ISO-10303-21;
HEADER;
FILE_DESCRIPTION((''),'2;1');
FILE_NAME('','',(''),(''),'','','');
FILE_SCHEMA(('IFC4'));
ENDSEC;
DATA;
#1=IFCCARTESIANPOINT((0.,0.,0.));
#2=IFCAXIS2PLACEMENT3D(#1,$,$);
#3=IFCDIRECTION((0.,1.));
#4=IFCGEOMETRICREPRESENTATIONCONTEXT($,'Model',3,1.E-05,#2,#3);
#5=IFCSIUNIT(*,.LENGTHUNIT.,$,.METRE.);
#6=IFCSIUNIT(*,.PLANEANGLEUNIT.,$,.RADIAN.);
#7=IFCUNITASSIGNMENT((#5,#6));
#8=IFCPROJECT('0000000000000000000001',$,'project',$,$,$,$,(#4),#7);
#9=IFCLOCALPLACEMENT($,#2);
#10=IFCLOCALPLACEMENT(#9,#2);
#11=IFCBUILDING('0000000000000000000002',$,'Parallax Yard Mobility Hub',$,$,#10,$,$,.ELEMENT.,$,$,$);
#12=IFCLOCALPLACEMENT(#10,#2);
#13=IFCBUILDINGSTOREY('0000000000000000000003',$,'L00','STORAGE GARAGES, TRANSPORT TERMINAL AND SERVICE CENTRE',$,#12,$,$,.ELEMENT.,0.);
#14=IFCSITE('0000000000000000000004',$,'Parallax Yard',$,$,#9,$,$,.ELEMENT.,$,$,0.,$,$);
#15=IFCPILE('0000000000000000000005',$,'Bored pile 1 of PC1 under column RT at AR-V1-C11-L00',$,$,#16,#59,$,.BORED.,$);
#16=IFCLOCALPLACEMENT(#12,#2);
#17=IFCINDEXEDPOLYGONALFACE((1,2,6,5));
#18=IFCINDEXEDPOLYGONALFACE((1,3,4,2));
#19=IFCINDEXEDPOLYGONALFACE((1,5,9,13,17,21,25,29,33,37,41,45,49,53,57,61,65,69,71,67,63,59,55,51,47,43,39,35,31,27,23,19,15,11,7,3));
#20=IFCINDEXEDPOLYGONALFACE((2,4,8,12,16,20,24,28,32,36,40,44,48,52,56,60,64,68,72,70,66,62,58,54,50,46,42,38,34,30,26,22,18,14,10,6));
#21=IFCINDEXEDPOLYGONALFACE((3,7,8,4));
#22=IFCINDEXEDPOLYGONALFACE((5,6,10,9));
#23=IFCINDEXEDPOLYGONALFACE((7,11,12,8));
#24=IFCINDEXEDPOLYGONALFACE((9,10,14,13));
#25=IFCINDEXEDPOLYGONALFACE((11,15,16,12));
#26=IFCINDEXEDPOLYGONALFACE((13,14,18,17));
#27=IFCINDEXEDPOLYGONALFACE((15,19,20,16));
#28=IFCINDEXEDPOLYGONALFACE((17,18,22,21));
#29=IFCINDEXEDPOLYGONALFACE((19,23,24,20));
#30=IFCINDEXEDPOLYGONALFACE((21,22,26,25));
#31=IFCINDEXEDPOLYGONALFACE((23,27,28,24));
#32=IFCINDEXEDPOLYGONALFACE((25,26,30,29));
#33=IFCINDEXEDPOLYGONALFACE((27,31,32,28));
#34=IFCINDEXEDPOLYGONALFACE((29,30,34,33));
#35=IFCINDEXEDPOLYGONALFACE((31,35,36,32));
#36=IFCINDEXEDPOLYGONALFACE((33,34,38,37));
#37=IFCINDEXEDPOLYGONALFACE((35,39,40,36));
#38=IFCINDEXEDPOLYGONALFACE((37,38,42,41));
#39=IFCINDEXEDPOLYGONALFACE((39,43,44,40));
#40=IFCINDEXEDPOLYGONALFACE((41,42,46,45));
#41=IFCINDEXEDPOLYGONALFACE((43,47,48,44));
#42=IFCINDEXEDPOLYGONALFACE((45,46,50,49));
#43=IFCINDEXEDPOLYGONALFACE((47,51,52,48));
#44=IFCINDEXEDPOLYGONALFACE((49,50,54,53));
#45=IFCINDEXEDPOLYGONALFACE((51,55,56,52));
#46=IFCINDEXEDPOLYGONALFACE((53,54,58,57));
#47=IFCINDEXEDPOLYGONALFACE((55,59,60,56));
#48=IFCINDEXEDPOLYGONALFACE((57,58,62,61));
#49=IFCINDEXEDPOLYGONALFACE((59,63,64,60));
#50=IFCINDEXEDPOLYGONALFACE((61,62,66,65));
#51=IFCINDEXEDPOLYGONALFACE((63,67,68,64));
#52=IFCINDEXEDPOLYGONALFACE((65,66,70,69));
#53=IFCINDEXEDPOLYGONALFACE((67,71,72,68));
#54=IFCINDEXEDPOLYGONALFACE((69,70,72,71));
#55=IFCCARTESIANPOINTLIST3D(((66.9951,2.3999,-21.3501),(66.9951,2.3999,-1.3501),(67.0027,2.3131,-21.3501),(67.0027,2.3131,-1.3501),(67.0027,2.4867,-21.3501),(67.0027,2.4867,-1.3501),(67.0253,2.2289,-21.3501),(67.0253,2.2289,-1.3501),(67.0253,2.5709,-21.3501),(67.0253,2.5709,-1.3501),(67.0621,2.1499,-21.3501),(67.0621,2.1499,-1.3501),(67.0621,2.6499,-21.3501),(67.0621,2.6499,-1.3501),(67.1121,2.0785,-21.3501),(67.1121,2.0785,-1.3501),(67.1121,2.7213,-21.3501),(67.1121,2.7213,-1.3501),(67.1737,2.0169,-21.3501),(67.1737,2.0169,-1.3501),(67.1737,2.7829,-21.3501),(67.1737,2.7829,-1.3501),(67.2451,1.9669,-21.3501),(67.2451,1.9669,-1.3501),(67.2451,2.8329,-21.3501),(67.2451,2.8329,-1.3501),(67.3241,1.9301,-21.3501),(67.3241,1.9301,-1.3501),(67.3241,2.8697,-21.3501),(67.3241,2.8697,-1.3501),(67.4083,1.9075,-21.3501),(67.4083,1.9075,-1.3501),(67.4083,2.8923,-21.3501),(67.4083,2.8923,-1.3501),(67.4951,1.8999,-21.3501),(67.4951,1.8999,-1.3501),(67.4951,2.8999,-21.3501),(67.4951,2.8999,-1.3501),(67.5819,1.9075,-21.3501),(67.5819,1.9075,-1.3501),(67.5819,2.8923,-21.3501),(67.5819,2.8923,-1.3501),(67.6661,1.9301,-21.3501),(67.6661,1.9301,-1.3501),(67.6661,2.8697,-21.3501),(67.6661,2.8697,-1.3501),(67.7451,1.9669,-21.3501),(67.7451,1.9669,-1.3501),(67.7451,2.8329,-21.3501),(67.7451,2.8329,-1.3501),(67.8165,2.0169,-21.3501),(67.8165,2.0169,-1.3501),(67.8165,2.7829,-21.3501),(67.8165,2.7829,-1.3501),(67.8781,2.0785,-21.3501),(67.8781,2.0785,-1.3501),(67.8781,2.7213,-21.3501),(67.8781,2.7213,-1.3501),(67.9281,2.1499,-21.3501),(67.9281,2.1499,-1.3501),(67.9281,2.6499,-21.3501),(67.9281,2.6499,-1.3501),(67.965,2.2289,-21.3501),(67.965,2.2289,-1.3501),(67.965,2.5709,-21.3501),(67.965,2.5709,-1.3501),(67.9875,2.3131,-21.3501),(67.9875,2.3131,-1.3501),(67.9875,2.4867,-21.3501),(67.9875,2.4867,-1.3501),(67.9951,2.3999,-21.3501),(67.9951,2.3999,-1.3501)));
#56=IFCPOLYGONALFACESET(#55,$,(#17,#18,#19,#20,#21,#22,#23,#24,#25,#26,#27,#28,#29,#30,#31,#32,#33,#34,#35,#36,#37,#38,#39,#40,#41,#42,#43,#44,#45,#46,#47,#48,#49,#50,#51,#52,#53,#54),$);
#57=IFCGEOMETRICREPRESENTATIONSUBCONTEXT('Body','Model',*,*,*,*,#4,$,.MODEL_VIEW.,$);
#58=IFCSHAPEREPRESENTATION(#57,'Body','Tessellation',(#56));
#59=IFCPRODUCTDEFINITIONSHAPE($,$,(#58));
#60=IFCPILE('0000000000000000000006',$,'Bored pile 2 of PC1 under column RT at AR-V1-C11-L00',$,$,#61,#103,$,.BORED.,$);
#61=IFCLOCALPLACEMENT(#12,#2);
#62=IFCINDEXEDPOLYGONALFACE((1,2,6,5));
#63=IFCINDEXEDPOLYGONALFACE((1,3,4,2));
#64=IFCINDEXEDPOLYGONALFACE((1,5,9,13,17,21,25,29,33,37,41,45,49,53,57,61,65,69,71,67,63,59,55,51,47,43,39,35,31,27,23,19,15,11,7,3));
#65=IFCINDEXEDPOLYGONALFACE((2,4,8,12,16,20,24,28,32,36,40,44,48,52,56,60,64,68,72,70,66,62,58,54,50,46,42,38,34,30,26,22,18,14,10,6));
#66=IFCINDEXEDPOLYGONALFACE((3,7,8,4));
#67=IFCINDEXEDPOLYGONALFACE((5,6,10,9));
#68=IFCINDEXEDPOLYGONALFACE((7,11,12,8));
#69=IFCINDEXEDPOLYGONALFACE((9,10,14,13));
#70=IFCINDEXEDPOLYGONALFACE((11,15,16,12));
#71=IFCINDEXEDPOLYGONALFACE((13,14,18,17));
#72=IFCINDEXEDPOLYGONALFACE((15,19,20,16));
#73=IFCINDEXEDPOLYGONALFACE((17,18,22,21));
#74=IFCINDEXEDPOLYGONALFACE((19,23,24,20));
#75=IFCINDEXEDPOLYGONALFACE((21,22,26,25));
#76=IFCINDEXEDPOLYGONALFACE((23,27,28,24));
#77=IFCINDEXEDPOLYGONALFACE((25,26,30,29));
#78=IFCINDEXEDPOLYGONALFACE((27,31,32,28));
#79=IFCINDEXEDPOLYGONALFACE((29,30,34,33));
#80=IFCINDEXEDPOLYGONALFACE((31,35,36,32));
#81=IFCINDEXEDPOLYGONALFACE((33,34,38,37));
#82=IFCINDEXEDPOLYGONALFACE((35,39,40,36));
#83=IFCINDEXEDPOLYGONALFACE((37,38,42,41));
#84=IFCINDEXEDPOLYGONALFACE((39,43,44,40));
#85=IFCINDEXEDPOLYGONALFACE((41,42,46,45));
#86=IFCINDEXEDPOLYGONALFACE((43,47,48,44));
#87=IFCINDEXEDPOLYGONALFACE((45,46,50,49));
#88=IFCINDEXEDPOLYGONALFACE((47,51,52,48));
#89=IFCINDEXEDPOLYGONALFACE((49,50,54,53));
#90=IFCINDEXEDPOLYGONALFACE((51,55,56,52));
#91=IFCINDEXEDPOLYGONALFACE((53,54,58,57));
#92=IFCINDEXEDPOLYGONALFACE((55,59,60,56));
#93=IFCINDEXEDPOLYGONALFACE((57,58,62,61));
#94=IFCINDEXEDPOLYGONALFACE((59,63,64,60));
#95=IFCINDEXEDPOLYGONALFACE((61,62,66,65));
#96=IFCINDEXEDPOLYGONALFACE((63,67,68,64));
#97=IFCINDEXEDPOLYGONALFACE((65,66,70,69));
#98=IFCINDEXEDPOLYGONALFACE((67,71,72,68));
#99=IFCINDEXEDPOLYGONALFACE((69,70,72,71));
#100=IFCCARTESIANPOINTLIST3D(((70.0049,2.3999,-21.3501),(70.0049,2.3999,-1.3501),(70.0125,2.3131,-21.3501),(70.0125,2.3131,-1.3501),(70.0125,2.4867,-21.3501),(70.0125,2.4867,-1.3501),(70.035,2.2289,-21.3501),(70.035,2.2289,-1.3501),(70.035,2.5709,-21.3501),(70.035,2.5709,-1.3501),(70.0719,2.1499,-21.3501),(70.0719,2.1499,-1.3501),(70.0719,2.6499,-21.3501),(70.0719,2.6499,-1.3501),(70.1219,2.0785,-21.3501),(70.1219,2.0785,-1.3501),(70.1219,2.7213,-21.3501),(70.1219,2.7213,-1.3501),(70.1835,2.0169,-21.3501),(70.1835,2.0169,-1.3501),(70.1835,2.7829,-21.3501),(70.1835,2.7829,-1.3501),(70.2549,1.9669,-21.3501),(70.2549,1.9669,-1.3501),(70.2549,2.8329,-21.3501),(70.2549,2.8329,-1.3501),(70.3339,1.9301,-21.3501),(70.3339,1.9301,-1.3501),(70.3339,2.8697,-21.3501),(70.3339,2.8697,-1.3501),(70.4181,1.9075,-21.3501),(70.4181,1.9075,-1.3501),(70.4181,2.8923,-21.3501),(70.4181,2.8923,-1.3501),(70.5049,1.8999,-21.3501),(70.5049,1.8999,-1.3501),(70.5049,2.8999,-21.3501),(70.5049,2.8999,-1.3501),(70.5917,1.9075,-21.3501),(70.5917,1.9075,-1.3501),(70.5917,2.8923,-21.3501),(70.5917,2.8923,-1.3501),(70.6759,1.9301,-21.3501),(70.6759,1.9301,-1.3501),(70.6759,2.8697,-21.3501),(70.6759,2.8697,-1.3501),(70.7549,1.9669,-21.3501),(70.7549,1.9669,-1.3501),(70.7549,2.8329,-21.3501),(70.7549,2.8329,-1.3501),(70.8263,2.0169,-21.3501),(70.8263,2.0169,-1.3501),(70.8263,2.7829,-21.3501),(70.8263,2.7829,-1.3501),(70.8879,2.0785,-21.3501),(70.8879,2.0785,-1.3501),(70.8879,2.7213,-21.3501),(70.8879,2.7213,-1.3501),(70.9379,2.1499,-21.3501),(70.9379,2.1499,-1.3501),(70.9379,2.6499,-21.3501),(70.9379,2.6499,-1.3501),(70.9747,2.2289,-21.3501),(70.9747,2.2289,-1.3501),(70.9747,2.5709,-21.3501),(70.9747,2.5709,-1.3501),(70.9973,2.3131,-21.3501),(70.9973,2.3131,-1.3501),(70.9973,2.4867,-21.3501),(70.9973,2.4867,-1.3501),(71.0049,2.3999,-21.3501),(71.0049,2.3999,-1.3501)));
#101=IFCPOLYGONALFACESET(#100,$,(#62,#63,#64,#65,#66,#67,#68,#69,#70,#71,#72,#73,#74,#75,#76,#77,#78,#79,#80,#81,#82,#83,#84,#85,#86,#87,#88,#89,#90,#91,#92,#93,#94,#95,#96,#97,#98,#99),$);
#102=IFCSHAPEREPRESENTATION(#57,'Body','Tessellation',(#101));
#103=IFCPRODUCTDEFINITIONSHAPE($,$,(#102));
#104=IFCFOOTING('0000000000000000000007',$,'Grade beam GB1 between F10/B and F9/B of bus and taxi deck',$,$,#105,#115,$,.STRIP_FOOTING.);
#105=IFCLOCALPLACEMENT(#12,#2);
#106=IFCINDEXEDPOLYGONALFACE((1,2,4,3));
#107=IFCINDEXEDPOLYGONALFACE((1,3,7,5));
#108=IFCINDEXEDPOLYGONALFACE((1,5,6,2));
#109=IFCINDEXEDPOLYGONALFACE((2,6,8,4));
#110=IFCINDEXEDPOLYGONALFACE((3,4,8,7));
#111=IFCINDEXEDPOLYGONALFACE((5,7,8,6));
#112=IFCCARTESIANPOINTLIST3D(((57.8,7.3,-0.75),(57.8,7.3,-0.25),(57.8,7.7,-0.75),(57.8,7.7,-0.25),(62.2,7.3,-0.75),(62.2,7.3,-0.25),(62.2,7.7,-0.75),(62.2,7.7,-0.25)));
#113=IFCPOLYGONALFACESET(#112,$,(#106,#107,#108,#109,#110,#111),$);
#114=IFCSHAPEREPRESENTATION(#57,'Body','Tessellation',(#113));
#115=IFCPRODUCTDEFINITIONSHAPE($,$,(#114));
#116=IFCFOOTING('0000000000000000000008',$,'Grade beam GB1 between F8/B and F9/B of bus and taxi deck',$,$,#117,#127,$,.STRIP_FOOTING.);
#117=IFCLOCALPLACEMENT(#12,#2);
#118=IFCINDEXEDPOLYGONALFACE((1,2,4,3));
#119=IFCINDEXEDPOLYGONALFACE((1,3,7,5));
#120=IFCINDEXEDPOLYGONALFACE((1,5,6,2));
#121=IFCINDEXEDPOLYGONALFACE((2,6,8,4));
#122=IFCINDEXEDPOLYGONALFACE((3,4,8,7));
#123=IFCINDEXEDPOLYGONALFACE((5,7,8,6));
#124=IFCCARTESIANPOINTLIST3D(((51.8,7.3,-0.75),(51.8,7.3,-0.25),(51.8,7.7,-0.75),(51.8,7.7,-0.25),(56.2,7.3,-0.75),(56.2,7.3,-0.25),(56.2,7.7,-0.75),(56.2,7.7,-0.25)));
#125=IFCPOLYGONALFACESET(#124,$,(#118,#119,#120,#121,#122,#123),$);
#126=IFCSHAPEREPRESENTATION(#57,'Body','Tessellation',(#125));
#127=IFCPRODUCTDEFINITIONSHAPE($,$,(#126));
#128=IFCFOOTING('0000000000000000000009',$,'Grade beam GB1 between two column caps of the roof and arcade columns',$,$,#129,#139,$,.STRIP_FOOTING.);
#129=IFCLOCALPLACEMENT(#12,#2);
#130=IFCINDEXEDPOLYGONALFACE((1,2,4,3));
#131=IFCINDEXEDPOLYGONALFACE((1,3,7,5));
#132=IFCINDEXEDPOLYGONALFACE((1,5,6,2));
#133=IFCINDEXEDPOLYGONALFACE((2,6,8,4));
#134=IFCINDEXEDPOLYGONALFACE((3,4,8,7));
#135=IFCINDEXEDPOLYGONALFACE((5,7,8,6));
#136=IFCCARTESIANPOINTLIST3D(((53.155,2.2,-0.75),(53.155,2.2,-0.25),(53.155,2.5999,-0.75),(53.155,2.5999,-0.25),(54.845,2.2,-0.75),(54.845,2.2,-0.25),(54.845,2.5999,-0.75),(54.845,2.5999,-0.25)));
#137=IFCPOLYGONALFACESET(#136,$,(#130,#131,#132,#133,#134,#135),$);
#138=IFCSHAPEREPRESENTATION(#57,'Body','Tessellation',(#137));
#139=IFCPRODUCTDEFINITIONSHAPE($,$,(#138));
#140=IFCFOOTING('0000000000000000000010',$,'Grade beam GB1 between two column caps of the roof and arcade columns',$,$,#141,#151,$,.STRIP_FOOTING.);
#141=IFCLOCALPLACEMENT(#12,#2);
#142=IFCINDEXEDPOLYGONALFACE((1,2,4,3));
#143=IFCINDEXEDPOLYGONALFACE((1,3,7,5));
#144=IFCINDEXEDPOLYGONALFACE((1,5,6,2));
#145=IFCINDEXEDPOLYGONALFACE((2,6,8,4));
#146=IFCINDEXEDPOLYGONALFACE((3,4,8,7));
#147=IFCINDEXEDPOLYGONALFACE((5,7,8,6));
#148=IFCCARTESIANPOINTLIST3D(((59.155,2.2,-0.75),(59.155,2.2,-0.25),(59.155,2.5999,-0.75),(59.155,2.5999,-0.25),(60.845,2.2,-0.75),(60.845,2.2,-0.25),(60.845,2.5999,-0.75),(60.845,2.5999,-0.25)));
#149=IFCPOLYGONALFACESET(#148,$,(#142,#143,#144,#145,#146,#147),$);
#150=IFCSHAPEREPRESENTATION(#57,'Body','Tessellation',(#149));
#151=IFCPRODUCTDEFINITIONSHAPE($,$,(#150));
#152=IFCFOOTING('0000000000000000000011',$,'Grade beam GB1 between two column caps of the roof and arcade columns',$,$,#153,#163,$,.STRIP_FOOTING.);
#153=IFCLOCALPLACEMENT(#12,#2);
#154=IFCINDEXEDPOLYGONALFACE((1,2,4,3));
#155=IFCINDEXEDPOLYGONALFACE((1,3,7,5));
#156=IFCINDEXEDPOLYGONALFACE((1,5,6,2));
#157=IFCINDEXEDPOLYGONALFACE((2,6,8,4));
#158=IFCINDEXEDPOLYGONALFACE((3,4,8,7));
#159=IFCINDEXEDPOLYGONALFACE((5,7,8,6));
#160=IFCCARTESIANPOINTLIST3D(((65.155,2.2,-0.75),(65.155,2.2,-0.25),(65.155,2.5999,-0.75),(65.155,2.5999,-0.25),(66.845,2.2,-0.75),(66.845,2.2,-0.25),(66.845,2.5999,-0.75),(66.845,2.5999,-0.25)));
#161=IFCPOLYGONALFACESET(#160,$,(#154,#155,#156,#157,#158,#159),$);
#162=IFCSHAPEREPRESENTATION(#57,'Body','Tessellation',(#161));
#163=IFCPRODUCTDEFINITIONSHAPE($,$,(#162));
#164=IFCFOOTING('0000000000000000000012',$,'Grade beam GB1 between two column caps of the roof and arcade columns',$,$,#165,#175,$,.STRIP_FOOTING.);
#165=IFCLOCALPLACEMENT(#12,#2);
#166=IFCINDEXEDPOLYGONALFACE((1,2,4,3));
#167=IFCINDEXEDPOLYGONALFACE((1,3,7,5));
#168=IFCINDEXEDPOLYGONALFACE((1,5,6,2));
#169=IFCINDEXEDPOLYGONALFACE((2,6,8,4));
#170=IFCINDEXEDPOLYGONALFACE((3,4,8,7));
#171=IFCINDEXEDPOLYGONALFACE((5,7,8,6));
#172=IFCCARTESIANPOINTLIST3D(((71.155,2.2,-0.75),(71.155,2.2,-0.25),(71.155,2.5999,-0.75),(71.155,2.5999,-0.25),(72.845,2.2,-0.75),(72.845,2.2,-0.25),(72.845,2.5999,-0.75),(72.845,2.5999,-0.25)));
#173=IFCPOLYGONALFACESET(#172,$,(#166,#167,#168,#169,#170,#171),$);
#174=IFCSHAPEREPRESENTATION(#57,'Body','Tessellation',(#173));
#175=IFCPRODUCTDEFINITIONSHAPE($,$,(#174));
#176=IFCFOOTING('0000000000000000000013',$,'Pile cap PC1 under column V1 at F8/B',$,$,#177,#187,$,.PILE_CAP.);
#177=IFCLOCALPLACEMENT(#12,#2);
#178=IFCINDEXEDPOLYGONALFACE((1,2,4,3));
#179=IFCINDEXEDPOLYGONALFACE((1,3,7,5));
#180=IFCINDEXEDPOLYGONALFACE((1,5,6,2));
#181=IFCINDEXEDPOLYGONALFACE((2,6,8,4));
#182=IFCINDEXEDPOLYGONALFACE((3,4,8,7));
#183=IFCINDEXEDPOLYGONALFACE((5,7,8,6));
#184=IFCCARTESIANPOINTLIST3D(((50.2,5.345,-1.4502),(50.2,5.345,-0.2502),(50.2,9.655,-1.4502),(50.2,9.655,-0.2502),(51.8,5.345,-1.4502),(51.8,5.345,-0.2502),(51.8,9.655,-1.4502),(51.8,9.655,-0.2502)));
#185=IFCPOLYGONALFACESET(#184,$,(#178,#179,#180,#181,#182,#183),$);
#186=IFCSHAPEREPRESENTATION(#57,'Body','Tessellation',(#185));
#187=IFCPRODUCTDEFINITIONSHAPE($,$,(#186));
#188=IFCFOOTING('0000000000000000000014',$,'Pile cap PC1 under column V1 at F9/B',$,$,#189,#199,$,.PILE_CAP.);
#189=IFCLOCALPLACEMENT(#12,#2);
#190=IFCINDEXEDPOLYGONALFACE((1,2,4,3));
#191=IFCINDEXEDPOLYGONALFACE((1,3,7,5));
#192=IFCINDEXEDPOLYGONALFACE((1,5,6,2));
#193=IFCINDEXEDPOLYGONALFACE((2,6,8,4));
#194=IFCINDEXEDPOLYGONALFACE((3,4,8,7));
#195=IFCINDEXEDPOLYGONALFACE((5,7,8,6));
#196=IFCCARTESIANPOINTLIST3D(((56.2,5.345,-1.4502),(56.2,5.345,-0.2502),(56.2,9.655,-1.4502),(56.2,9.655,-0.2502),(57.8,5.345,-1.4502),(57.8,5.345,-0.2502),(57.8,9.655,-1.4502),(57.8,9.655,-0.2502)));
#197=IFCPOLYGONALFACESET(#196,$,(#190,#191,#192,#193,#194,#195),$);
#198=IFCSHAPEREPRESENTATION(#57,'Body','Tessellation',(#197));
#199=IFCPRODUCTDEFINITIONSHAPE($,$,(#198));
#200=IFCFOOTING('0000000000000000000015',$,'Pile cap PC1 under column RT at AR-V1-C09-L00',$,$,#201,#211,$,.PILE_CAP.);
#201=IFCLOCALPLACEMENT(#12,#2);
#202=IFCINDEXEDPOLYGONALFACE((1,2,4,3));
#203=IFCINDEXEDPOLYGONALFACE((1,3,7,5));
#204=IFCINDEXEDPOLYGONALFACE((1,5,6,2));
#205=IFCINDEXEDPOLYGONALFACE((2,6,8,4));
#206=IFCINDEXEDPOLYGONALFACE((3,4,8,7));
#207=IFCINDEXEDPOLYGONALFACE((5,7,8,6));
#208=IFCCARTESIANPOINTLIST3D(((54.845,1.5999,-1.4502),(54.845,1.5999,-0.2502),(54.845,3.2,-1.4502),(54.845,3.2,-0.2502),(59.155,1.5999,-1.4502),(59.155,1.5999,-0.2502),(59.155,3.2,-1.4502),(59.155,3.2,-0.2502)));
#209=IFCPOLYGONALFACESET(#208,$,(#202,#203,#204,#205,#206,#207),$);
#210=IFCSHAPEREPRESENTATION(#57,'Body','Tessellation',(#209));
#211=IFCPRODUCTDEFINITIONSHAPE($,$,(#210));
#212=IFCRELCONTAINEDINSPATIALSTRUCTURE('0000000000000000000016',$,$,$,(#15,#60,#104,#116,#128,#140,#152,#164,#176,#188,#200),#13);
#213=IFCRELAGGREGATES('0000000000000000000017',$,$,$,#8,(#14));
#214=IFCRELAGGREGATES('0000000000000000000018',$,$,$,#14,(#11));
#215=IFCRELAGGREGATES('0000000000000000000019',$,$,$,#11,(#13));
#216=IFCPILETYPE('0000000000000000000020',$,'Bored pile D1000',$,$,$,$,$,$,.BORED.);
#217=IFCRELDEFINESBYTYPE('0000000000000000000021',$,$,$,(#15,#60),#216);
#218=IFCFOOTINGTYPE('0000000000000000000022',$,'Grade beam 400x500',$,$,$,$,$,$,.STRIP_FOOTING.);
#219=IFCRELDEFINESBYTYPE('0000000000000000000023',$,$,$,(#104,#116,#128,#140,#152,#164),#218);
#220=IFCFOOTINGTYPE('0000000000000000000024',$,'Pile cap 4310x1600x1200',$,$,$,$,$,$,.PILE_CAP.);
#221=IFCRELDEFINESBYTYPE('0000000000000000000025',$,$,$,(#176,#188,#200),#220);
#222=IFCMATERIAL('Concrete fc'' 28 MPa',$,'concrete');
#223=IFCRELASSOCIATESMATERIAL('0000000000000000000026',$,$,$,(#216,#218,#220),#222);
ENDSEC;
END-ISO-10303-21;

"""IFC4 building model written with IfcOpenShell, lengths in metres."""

from ifc_helpers import new_model, si_unit, direction, frame, origin, origin_2d, place, context, subcontext, project, spatial, rectangle, circle, extrude, material, material_profile, profile_set, type_object, element, save


model = new_model("IFC4")

# Units and contexts
model_context = context("Model", 3, precision=1e-05, world=origin(), true_north=direction((0.0, 1.0)))
body_context = subcontext(model_context, "Body", "Model", "MODEL_VIEW")
ifc_project = project(units=[si_unit("LENGTHUNIT", "METRE"), si_unit("PLANEANGLEUNIT", "RADIAN")], contexts=[model_context])

# Site, building, storey
site_placement = place(None, origin())
site = spatial("IfcSite", under=ifc_project, at=site_placement, Name="Parallax Yard", CompositionType="ELEMENT", RefElevation=0.0)
building_placement = place(site_placement, origin())
building = spatial("IfcBuilding", under=site, at=building_placement, Name="Parallax Yard Mobility Hub", CompositionType="ELEMENT")
storey_placement = place(building_placement, origin())
storey = spatial("IfcBuildingStorey", under=building, at=storey_placement, Name="L00", Description="STORAGE GARAGES, TRANSPORT TERMINAL AND SERVICE CENTRE", CompositionType="ELEMENT", Elevation=0.0)

# Piles
ifc_material_1 = material(Name="Concrete fc' 28 MPa", Category="concrete")
ifc_material_profile_1 = material_profile(ifc_material_1, circle(Radius=0.5, at=origin_2d()), Name="Bored pile D1000")
ifc_profile_set_1 = profile_set([ifc_material_profile_1], Name="Concrete fc' 28 MPa")
pile_type = type_object("IfcPileType", Name="Bored pile D1000", PredefinedType="BORED", material=ifc_profile_set_1)
for number, where, z_axis, x_axis, name in (
    (1, (67.4951, 2.3999, -1.3501), (0.0, 0.0, -1.0), (1.0, 0.0, 0.0), "Bored pile 1 of PC1 under column RT at AR-V1-C11-L00"),
    (2, (70.5049, 2.3999, -1.3501), (0.0, 0.0, -1.0), (1.0, 0.0, 0.0), "Bored pile 2 of PC1 under column RT at AR-V1-C11-L00"),
):
    element("IfcPile", number, at=place(storey_placement, frame(where, z_axis=z_axis, x_axis=x_axis)), inside=storey, type_object=pile_type, Name=name, PredefinedType="BORED", context=body_context, shape_type="SweptSolid", body=[
        extrude(circle(Radius=0.5, at=origin_2d()), origin(), (0.0, 0.0, 1.0), 20.0),
    ])

# Footings
ifc_material_profile_2 = material_profile(ifc_material_1, rectangle(XDim=0.3999, YDim=0.5, at=origin_2d()), Name="Grade beam 400x500")
ifc_profile_set_2 = profile_set([ifc_material_profile_2], Name="Concrete fc' 28 MPa")
footing_type_1 = type_object("IfcFootingType", Name="Grade beam 400x500", PredefinedType="STRIP_FOOTING", material=ifc_profile_set_2)
for number, where, z_axis, x_axis, name in (
    (3, (62.2, 7.5, -0.5), (-1.0, 0.0, 0.0), (0.0, -1.0, 0.0), "Grade beam GB1 between F10/B and F9/B of bus and taxi deck"),
    (4, (51.8, 7.5, -0.5), (1.0, 0.0, 0.0), (0.0, 1.0, 0.0), "Grade beam GB1 between F8/B and F9/B of bus and taxi deck"),
):
    element("IfcFooting", number, at=place(storey_placement, frame(where, z_axis=z_axis, x_axis=x_axis)), inside=storey, type_object=footing_type_1, Name=name, PredefinedType="STRIP_FOOTING", context=body_context, shape_type="SweptSolid", body=[
        extrude(rectangle(XDim=0.3999, YDim=0.5, at=origin_2d()), origin(), (0.0, 0.0, 1.0), 4.3999),
    ])
for number, where, z_axis, x_axis, name in (
    (5, (53.155, 2.3999, -0.5), (1.0, 0.0, 0.0), (0.0, 1.0, 0.0), "Grade beam GB1 between two column caps of the roof and arcade columns"),
    (6, (59.155, 2.3999, -0.5), (1.0, 0.0, 0.0), (0.0, 1.0, 0.0), "Grade beam GB1 between two column caps of the roof and arcade columns"),
    (7, (65.155, 2.3999, -0.5), (1.0, 0.0, 0.0), (0.0, 1.0, 0.0), "Grade beam GB1 between two column caps of the roof and arcade columns"),
    (8, (71.155, 2.3999, -0.5), (1.0, 0.0, 0.0), (0.0, 1.0, 0.0), "Grade beam GB1 between two column caps of the roof and arcade columns"),
):
    element("IfcFooting", number, at=place(storey_placement, frame(where, z_axis=z_axis, x_axis=x_axis)), inside=storey, type_object=footing_type_1, Name=name, PredefinedType="STRIP_FOOTING", context=body_context, shape_type="SweptSolid", body=[
        extrude(rectangle(XDim=0.3999, YDim=0.5, at=origin_2d()), origin(), (0.0, 0.0, 1.0), 1.6899),
    ])
footing_type_2 = type_object("IfcFootingType", Name="Pile cap 4310x1600x1200", PredefinedType="PILE_CAP", material=ifc_material_1)
for number, where, z_axis, x_axis, name in (
    (9, (51.0, 7.5, -1.4502), (0.0, 0.0, 1.0), (0.0, 1.0, 0.0), "Pile cap PC1 under column V1 at F8/B"),
    (10, (57.0, 7.5, -1.4502), (0.0, 0.0, 1.0), (0.0, 1.0, 0.0), "Pile cap PC1 under column V1 at F9/B"),
    (11, (57.0, 2.3999, -1.4502), (0.0, 0.0, 1.0), (1.0, 0.0, 0.0), "Pile cap PC1 under column RT at AR-V1-C09-L00"),
):
    element("IfcFooting", number, at=place(storey_placement, frame(where, z_axis=z_axis, x_axis=x_axis)), inside=storey, type_object=footing_type_2, Name=name, PredefinedType="PILE_CAP", context=body_context, shape_type="SweptSolid", body=[
        extrude(rectangle(XDim=4.3101, YDim=1.6001, at=origin_2d()), origin(), (0.0, 0.0, 1.0), 1.2),
    ])

save(model, "model.ifc")
